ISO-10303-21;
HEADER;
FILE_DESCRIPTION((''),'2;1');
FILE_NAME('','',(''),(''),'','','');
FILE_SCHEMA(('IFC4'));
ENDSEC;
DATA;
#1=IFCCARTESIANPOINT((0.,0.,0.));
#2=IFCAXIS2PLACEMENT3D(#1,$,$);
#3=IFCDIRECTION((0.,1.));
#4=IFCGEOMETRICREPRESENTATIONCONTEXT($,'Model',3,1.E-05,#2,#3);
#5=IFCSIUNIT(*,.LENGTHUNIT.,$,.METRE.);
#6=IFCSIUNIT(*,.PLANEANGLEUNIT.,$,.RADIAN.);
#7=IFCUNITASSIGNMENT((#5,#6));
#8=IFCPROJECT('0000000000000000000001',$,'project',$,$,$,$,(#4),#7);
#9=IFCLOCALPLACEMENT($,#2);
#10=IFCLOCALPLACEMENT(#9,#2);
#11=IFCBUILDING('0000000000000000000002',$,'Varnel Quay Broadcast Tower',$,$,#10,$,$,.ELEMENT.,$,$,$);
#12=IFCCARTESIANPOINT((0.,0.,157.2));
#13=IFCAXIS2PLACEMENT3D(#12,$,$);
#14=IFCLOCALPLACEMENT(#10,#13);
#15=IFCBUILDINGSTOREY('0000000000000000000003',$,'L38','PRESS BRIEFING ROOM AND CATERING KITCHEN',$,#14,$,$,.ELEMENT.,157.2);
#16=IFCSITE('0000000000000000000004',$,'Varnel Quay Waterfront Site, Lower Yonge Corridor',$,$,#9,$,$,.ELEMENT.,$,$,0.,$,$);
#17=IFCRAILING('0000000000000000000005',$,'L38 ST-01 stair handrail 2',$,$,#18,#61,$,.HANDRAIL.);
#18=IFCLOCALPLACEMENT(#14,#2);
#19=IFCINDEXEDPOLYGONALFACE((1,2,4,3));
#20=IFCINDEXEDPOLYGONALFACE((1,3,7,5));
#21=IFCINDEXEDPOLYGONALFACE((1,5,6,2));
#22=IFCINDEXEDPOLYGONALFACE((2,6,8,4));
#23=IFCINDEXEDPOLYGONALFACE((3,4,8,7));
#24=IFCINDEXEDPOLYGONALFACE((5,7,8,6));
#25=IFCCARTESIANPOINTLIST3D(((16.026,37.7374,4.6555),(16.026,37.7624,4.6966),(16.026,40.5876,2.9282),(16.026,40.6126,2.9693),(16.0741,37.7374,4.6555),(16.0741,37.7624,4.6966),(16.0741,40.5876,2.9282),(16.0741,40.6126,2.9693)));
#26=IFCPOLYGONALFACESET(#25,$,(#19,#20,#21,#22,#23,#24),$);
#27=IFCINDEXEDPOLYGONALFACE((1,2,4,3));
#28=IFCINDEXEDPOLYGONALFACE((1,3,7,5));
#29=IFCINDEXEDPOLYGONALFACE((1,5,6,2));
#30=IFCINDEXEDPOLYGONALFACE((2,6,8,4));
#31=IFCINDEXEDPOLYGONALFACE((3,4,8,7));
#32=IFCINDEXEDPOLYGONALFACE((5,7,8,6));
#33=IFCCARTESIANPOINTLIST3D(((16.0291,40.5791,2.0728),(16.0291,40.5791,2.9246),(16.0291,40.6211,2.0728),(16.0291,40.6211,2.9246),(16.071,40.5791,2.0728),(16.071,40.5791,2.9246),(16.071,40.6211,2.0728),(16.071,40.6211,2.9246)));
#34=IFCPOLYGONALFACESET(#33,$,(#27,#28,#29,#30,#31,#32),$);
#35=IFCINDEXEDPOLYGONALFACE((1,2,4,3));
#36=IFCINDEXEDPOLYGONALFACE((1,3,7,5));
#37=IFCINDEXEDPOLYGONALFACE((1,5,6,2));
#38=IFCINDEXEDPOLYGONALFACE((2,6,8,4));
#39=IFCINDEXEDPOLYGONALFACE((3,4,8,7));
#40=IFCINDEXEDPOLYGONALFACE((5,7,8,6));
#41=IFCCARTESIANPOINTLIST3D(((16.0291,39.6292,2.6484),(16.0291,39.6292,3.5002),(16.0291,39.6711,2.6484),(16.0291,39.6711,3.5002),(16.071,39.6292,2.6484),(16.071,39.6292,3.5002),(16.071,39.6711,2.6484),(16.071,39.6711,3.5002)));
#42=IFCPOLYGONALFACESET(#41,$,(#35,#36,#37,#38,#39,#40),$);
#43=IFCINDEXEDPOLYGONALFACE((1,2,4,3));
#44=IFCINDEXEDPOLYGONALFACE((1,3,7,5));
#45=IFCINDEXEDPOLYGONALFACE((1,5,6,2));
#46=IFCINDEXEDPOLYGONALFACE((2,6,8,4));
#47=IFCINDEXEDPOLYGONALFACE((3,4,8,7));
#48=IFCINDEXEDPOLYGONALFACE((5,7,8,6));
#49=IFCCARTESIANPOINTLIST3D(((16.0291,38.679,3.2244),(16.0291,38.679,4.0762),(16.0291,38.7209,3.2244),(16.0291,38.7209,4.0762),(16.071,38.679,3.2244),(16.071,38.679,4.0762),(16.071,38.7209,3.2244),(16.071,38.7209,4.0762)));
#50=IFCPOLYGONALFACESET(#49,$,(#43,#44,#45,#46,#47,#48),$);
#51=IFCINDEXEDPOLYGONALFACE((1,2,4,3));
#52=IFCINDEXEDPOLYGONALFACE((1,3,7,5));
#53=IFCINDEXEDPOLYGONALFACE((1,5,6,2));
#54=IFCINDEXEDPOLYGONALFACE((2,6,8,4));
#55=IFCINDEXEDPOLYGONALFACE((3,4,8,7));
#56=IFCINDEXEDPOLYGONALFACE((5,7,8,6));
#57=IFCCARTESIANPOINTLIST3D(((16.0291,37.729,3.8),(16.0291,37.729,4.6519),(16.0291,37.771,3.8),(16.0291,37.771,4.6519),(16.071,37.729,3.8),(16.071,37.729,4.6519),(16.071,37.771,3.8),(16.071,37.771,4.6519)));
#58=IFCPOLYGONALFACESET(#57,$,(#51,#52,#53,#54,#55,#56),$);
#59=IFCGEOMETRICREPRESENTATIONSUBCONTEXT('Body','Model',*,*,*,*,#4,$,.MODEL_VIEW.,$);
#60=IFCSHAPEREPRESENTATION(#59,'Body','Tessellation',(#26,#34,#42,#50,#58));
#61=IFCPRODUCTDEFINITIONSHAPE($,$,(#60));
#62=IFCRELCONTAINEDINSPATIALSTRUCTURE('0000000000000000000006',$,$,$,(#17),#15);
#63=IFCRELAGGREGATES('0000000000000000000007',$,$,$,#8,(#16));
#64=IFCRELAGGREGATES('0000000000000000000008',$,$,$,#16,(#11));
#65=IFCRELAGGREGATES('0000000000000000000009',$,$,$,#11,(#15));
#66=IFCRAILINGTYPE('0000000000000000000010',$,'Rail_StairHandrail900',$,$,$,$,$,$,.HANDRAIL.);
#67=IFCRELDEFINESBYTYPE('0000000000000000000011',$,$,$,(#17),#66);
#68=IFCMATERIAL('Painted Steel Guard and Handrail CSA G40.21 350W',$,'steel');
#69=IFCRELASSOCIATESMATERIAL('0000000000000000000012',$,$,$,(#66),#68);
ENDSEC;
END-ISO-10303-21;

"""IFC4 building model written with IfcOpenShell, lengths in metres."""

from ifc_helpers import new_model, si_unit, direction, frame, origin, origin_2d, place, context, subcontext, project, spatial, rectangle, extrude, material, type_object, element, save


model = new_model("IFC4")

# Units and contexts
model_context = context("Model", 3, precision=1e-05, world=origin(), true_north=direction((0.0, 1.0)))
body_context = subcontext(model_context, "Body", "Model", "MODEL_VIEW")
ifc_project = project(units=[si_unit("LENGTHUNIT", "METRE"), si_unit("PLANEANGLEUNIT", "RADIAN")], contexts=[model_context])

# Site, building, storey
site_placement = place(None, origin())
site = spatial("IfcSite", under=ifc_project, at=site_placement, Name="Varnel Quay Waterfront Site, Lower Yonge Corridor", CompositionType="ELEMENT", RefElevation=0.0)
building_placement = place(site_placement, origin())
building = spatial("IfcBuilding", under=site, at=building_placement, Name="Varnel Quay Broadcast Tower", CompositionType="ELEMENT")
storey_placement = place(building_placement, frame((0.0, 0.0, 157.2)))
storey = spatial("IfcBuildingStorey", under=building, at=storey_placement, Name="L38", Description="PRESS BRIEFING ROOM AND CATERING KITCHEN", CompositionType="ELEMENT", Elevation=157.2)

# Railing
ifc_material_1 = material(Name="Painted Steel Guard and Handrail CSA G40.21 350W", Category="steel")
railing_type = type_object("IfcRailingType", Name="Rail_StairHandrail900", PredefinedType="HANDRAIL", material=ifc_material_1)
railing_placement = place(storey_placement, frame((16.05, 40.6001, 2.0728)))
element("IfcRailing", 1, at=railing_placement, inside=storey, type_object=railing_type, Name="L38 ST-01 stair handrail 2", PredefinedType="HANDRAIL", context=body_context, shape_type="SweptSolid", body=[
    extrude(rectangle(XDim=0.0481, YDim=0.0481, at=origin_2d()), frame((0.0, 0.0, 0.876), z_axis=(0.0, -0.855203, 0.518294), x_axis=(1.0, 0.0, 0.0)), (0.0, 0.0, 1.0), 3.3328),
    extrude(rectangle(XDim=0.042, YDim=0.042, at=origin_2d()), origin(), (0.0, 0.0, 1.0), 0.8518),
    extrude(rectangle(XDim=0.042, YDim=0.042, at=origin_2d()), frame((0.0, -0.95, 0.5757)), (0.0, 0.0, 1.0), 0.8518),
    extrude(rectangle(XDim=0.042, YDim=0.042, at=origin_2d()), frame((0.0, -1.9001, 1.1516)), (0.0, 0.0, 1.0), 0.8518),
    extrude(rectangle(XDim=0.042, YDim=0.042, at=origin_2d()), frame((0.0, -2.8501, 1.7273)), (0.0, 0.0, 1.0), 0.8518),
])

save(model, "model.ifc")
